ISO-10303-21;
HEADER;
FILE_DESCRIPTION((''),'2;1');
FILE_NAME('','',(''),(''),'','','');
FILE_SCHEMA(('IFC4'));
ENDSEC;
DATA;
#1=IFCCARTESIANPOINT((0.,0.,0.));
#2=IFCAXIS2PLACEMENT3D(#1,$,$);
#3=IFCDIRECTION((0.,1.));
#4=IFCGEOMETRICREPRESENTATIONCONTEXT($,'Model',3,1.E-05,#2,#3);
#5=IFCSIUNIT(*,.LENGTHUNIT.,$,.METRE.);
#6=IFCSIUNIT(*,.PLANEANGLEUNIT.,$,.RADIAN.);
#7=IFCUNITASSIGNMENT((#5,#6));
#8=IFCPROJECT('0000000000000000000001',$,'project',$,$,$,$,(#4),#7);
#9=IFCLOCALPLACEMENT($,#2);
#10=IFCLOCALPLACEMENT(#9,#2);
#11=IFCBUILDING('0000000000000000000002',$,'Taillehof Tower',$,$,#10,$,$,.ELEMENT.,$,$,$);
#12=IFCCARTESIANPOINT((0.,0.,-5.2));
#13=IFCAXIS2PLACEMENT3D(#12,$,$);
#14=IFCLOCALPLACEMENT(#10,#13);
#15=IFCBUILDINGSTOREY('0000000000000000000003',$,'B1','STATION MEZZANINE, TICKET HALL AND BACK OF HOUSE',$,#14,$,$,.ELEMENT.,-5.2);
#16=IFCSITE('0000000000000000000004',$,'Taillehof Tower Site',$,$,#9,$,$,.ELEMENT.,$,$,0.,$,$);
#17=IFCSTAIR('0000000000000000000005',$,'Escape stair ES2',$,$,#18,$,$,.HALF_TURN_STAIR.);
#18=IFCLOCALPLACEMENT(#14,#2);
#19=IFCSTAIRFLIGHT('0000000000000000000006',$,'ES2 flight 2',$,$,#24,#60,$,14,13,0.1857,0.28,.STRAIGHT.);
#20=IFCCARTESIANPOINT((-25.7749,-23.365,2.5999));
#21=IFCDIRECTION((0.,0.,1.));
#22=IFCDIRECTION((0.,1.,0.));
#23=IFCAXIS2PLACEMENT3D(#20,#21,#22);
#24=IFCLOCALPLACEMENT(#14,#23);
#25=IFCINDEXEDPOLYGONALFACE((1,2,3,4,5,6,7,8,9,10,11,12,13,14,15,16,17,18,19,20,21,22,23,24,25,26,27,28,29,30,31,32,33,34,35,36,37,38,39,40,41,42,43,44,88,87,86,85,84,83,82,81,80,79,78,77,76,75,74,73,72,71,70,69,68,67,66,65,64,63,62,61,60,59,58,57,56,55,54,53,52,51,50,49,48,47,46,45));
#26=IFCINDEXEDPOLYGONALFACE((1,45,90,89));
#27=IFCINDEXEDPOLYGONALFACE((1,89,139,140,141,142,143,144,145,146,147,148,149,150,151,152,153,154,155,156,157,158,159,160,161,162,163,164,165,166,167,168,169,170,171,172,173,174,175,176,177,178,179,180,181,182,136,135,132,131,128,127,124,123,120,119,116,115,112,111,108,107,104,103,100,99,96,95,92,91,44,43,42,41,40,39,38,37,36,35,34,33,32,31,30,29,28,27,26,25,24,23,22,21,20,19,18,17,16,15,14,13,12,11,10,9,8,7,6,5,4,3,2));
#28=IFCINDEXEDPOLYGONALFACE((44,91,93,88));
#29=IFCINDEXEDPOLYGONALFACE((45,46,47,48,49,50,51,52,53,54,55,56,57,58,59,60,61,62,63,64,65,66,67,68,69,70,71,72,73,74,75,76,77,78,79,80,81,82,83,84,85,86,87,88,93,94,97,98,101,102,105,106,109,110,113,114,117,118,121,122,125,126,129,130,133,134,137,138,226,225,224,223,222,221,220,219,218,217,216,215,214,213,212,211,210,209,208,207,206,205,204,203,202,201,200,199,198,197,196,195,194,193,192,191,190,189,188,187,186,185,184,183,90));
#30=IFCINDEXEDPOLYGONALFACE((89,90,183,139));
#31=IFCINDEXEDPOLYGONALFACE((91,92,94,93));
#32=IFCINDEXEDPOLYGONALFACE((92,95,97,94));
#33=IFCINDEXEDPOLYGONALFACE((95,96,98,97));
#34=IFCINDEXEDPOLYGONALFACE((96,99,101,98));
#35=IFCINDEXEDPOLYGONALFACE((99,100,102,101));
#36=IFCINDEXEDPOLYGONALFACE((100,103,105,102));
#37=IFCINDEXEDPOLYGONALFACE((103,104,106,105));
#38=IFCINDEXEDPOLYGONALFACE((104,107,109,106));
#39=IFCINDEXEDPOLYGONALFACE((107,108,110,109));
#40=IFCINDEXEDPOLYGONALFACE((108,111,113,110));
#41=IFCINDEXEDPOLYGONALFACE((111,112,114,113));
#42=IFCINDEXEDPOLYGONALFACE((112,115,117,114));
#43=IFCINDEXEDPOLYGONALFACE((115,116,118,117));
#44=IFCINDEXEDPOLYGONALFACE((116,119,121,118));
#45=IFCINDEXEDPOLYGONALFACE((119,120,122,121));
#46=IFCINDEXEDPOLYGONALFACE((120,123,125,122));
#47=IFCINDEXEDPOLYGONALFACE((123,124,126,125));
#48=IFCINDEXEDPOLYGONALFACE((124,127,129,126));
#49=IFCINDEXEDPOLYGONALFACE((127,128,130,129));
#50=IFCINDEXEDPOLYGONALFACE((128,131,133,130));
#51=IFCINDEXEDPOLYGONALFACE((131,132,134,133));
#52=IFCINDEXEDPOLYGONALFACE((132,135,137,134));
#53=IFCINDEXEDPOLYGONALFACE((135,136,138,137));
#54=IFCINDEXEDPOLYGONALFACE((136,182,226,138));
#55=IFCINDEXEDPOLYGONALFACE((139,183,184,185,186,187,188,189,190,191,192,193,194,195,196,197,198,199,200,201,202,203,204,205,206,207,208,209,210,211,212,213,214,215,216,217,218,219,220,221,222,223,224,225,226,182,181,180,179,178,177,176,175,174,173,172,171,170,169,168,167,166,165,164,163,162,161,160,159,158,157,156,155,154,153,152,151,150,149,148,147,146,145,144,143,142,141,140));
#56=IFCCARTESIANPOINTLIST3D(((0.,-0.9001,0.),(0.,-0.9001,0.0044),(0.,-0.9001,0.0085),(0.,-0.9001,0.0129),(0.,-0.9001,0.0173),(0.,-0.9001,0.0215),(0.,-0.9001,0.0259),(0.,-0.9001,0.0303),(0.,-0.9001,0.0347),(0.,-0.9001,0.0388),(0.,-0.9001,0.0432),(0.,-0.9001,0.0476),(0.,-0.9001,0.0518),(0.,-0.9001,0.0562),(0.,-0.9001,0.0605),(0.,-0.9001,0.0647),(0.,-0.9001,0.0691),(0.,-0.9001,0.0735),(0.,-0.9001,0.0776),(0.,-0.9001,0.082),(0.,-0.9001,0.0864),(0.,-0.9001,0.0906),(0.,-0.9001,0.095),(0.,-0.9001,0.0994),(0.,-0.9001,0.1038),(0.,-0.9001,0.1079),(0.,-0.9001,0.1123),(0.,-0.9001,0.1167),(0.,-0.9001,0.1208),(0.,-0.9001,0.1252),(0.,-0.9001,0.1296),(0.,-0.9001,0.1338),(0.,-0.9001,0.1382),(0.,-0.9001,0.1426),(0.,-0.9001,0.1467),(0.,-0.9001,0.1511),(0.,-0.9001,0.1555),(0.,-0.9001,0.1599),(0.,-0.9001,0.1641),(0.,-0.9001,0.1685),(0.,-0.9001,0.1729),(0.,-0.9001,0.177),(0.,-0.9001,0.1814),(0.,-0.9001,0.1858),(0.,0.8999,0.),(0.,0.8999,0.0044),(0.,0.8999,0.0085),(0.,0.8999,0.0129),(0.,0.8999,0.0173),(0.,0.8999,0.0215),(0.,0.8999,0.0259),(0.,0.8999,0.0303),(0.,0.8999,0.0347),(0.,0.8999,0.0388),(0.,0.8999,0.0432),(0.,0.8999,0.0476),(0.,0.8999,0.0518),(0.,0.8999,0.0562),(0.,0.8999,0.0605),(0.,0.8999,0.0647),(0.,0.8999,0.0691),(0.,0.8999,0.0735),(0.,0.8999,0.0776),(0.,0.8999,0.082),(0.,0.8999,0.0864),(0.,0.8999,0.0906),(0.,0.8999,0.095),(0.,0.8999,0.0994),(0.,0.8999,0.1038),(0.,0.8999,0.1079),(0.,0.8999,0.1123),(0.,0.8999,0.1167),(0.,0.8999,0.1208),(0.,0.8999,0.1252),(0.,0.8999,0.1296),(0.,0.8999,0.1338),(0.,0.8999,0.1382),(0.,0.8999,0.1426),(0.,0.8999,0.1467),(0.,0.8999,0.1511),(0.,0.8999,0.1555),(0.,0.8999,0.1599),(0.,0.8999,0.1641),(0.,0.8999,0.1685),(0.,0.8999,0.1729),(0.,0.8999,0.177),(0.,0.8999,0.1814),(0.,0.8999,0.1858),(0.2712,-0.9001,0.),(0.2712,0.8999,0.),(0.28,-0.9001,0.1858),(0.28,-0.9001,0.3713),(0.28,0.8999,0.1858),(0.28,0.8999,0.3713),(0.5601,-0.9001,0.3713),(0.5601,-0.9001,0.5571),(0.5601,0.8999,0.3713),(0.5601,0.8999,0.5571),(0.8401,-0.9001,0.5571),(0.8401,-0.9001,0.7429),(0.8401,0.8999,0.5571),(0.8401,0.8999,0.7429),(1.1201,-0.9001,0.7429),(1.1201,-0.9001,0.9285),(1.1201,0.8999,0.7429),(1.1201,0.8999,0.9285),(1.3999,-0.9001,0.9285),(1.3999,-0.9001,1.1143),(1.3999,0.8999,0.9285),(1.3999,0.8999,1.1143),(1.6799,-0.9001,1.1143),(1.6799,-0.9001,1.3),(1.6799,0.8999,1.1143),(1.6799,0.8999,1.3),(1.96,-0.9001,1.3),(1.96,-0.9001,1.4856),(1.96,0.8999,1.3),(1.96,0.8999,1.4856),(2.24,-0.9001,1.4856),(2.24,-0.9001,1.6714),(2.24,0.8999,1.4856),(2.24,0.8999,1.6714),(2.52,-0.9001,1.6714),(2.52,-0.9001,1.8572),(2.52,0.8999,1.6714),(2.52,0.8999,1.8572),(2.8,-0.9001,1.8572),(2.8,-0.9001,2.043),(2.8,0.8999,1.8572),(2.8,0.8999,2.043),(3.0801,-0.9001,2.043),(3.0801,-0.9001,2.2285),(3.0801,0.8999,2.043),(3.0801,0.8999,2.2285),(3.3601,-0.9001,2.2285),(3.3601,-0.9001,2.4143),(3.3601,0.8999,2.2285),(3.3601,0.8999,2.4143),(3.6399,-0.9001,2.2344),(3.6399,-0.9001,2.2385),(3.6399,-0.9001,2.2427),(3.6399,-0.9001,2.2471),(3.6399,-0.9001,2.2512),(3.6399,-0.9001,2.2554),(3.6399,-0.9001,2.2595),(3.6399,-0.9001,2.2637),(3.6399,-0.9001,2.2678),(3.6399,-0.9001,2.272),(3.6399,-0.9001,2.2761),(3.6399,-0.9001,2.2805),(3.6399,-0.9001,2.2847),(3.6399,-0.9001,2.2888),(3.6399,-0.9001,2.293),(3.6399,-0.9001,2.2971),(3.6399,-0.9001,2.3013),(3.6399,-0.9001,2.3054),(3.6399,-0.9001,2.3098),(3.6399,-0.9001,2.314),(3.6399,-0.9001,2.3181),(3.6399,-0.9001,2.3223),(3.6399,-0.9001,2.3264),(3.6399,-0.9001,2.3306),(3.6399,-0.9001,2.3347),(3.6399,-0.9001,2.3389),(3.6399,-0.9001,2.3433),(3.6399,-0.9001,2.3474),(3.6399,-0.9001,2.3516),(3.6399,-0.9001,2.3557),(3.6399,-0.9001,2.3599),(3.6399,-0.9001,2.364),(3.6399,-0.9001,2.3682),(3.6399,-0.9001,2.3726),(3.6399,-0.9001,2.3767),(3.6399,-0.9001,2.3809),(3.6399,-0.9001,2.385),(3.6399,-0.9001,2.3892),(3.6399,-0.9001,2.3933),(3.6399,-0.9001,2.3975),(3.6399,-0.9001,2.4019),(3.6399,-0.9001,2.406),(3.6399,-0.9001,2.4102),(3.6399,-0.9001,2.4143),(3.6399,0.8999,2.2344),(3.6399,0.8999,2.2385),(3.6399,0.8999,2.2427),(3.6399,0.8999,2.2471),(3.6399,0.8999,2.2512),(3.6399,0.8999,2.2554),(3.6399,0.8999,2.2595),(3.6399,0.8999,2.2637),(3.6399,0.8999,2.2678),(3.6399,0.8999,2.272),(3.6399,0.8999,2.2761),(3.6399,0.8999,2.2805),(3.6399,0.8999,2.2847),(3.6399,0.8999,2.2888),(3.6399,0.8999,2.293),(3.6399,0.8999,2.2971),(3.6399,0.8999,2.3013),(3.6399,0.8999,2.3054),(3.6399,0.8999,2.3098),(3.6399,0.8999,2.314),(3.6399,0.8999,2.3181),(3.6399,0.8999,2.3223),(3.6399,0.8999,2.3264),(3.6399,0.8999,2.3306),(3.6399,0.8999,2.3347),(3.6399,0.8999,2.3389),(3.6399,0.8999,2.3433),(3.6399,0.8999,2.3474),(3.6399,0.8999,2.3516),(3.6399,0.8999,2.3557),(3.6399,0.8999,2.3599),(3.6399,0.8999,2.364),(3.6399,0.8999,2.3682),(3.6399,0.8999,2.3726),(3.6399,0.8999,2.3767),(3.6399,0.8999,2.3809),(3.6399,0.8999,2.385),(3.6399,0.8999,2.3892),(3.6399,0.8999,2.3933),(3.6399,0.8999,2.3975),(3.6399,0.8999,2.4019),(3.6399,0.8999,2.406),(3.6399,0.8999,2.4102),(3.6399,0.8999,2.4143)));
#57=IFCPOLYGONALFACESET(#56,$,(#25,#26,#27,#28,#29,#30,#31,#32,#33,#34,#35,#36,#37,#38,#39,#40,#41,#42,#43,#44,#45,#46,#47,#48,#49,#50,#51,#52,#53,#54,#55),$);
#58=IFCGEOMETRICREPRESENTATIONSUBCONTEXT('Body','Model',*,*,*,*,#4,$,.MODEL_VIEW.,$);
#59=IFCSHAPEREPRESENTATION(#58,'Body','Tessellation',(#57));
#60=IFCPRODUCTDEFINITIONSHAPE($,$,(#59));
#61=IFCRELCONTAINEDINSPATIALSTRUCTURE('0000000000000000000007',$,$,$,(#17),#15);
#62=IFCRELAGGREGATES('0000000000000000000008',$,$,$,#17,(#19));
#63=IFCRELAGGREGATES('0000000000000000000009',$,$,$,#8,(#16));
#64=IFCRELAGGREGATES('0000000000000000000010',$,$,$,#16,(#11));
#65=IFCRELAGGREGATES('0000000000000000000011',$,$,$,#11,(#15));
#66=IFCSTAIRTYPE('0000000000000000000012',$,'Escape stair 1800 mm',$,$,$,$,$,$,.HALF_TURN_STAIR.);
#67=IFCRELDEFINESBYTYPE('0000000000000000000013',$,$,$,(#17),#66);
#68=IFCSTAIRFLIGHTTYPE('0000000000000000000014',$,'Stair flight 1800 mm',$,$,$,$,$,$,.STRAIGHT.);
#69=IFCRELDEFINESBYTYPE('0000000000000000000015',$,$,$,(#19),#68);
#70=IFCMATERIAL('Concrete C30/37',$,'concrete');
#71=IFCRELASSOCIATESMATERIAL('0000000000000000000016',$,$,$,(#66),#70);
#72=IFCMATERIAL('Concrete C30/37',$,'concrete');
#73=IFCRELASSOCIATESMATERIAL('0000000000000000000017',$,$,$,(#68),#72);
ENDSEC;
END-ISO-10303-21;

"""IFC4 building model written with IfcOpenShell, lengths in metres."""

from ifc_helpers import new_model, si_unit, direction, frame, origin, place, context, subcontext, project, spatial, polyline, outline, extrude, material, type_object, element, aggregate, save


model = new_model("IFC4")

# Units and contexts
model_context = context("Model", 3, precision=1e-05, world=origin(), true_north=direction((0.0, 1.0)))
body_context = subcontext(model_context, "Body", "Model", "MODEL_VIEW")
ifc_project = project(units=[si_unit("LENGTHUNIT", "METRE"), si_unit("PLANEANGLEUNIT", "RADIAN")], contexts=[model_context])

# Site, building, storey
site_placement = place(None, origin())
site = spatial("IfcSite", under=ifc_project, at=site_placement, Name="Taillehof Tower Site", CompositionType="ELEMENT", RefElevation=0.0)
building_placement = place(site_placement, origin())
building = spatial("IfcBuilding", under=site, at=building_placement, Name="Taillehof Tower", CompositionType="ELEMENT")
storey_placement = place(building_placement, frame((0.0, 0.0, -5.2)))
storey = spatial("IfcBuildingStorey", under=building, at=storey_placement, Name="B1", Description="STATION MEZZANINE, TICKET HALL AND BACK OF HOUSE", CompositionType="ELEMENT", Elevation=-5.2)

# Stair, stair flight
ifc_material_1 = material(Name="Concrete C30/37", Category="concrete")
stair_type = type_object("IfcStairType", Name="Escape stair 1800 mm", PredefinedType="HALF_TURN_STAIR", material=ifc_material_1)
stair_placement = place(storey_placement, origin())
stair = element("IfcStair", 1, at=stair_placement, inside=storey, type_object=stair_type, Name="Escape stair ES2", PredefinedType="HALF_TURN_STAIR")
ifc_material_2 = material(Name="Concrete C30/37", Category="concrete")
stair_flight_type = type_object("IfcStairFlightType", Name="Stair flight 1800 mm", PredefinedType="STRAIGHT", material=ifc_material_2)
stair_flight_1_placement = place(storey_placement, frame((-25.7749, -23.365, 2.5999), z_axis=(0.0, 0.0, 1.0), x_axis=(0.0, 1.0, 0.0)))
stair_flight_1 = element("IfcStairFlight", 2, at=stair_flight_1_placement, type_object=stair_flight_type, Name="ES2 flight 2", NumberOfRisers=14, NumberOfTreads=13, PredefinedType="STRAIGHT", RiserHeight=0.1857, TreadLength=0.28, context=body_context, shape_type="SweptSolid", body=[
    extrude(outline(polyline([(0.0, 0.0), (0.0, 0.0044), (0.0, 0.0085), (0.0, 0.0129), (0.0, 0.0173), (0.0, 0.0215), (0.0, 0.0259), (0.0, 0.0303), (0.0, 0.0347), (0.0, 0.0388), (0.0, 0.0432), (0.0, 0.0476), (0.0, 0.0518), (0.0, 0.0562), (0.0, 0.0605), (0.0, 0.0647), (0.0, 0.0691), (0.0, 0.0735), (0.0, 0.0776), (0.0, 0.082), (0.0, 0.0864), (0.0, 0.0906), (0.0, 0.095), (0.0, 0.0994), (0.0, 0.1038), (0.0, 0.1079), (0.0, 0.1123), (0.0, 0.1167), (0.0, 0.1208), (0.0, 0.1252), (0.0, 0.1296), (0.0, 0.1338), (0.0, 0.1382), (0.0, 0.1426), (0.0, 0.1467), (0.0, 0.1511), (0.0, 0.1555), (0.0, 0.1599), (0.0, 0.1641), (0.0, 0.1685), (0.0, 0.1729), (0.0, 0.177), (0.0, 0.1814), (0.0, 0.1858), (0.28, 0.1858), (0.28, 0.3713), (0.5601, 0.3713), (0.5601, 0.5571), (0.8401, 0.5571), (0.8401, 0.7429), (1.1201, 0.7429), (1.1201, 0.9285), (1.3999, 0.9285), (1.3999, 1.1143), (1.6799, 1.1143), (1.6799, 1.3), (1.96, 1.3), (1.96, 1.4856), (2.24, 1.4856), (2.24, 1.6714), (2.52, 1.6714), (2.52, 1.8572), (2.8, 1.8572), (2.8, 2.043), (3.0801, 2.043), (3.0801, 2.2285), (3.3601, 2.2285), (3.3601, 2.4143), (3.6399, 2.4143), (3.6399, 2.4102), (3.6399, 2.406), (3.6399, 2.4019), (3.6399, 2.3975), (3.6399, 2.3933), (3.6399, 2.3892), (3.6399, 2.385), (3.6399, 2.3809), (3.6399, 2.3767), (3.6399, 2.3726), (3.6399, 2.3682), (3.6399, 2.364), (3.6399, 2.3599), (3.6399, 2.3557), (3.6399, 2.3516), (3.6399, 2.3474), (3.6399, 2.3433), (3.6399, 2.3389), (3.6399, 2.3347), (3.6399, 2.3306), (3.6399, 2.3264), (3.6399, 2.3223), (3.6399, 2.3181), (3.6399, 2.314), (3.6399, 2.3098), (3.6399, 2.3054), (3.6399, 2.3013), (3.6399, 2.2971), (3.6399, 2.293), (3.6399, 2.2888), (3.6399, 2.2847), (3.6399, 2.2805), (3.6399, 2.2761), (3.6399, 2.272), (3.6399, 2.2678), (3.6399, 2.2637), (3.6399, 2.2595), (3.6399, 2.2554), (3.6399, 2.2512), (3.6399, 2.2471), (3.6399, 2.2427), (3.6399, 2.2385), (3.6399, 2.2344), (0.2712, 0.0), (0.0, 0.0)])), frame((0.0, 0.8999, 0.0), z_axis=(0.0, -1.0, 0.0), x_axis=(1.0, 0.0, 0.0)), (0.0, 0.0, 1.0), 1.8),
])
aggregate(stair, [stair_flight_1])

save(model, "model.ifc")
